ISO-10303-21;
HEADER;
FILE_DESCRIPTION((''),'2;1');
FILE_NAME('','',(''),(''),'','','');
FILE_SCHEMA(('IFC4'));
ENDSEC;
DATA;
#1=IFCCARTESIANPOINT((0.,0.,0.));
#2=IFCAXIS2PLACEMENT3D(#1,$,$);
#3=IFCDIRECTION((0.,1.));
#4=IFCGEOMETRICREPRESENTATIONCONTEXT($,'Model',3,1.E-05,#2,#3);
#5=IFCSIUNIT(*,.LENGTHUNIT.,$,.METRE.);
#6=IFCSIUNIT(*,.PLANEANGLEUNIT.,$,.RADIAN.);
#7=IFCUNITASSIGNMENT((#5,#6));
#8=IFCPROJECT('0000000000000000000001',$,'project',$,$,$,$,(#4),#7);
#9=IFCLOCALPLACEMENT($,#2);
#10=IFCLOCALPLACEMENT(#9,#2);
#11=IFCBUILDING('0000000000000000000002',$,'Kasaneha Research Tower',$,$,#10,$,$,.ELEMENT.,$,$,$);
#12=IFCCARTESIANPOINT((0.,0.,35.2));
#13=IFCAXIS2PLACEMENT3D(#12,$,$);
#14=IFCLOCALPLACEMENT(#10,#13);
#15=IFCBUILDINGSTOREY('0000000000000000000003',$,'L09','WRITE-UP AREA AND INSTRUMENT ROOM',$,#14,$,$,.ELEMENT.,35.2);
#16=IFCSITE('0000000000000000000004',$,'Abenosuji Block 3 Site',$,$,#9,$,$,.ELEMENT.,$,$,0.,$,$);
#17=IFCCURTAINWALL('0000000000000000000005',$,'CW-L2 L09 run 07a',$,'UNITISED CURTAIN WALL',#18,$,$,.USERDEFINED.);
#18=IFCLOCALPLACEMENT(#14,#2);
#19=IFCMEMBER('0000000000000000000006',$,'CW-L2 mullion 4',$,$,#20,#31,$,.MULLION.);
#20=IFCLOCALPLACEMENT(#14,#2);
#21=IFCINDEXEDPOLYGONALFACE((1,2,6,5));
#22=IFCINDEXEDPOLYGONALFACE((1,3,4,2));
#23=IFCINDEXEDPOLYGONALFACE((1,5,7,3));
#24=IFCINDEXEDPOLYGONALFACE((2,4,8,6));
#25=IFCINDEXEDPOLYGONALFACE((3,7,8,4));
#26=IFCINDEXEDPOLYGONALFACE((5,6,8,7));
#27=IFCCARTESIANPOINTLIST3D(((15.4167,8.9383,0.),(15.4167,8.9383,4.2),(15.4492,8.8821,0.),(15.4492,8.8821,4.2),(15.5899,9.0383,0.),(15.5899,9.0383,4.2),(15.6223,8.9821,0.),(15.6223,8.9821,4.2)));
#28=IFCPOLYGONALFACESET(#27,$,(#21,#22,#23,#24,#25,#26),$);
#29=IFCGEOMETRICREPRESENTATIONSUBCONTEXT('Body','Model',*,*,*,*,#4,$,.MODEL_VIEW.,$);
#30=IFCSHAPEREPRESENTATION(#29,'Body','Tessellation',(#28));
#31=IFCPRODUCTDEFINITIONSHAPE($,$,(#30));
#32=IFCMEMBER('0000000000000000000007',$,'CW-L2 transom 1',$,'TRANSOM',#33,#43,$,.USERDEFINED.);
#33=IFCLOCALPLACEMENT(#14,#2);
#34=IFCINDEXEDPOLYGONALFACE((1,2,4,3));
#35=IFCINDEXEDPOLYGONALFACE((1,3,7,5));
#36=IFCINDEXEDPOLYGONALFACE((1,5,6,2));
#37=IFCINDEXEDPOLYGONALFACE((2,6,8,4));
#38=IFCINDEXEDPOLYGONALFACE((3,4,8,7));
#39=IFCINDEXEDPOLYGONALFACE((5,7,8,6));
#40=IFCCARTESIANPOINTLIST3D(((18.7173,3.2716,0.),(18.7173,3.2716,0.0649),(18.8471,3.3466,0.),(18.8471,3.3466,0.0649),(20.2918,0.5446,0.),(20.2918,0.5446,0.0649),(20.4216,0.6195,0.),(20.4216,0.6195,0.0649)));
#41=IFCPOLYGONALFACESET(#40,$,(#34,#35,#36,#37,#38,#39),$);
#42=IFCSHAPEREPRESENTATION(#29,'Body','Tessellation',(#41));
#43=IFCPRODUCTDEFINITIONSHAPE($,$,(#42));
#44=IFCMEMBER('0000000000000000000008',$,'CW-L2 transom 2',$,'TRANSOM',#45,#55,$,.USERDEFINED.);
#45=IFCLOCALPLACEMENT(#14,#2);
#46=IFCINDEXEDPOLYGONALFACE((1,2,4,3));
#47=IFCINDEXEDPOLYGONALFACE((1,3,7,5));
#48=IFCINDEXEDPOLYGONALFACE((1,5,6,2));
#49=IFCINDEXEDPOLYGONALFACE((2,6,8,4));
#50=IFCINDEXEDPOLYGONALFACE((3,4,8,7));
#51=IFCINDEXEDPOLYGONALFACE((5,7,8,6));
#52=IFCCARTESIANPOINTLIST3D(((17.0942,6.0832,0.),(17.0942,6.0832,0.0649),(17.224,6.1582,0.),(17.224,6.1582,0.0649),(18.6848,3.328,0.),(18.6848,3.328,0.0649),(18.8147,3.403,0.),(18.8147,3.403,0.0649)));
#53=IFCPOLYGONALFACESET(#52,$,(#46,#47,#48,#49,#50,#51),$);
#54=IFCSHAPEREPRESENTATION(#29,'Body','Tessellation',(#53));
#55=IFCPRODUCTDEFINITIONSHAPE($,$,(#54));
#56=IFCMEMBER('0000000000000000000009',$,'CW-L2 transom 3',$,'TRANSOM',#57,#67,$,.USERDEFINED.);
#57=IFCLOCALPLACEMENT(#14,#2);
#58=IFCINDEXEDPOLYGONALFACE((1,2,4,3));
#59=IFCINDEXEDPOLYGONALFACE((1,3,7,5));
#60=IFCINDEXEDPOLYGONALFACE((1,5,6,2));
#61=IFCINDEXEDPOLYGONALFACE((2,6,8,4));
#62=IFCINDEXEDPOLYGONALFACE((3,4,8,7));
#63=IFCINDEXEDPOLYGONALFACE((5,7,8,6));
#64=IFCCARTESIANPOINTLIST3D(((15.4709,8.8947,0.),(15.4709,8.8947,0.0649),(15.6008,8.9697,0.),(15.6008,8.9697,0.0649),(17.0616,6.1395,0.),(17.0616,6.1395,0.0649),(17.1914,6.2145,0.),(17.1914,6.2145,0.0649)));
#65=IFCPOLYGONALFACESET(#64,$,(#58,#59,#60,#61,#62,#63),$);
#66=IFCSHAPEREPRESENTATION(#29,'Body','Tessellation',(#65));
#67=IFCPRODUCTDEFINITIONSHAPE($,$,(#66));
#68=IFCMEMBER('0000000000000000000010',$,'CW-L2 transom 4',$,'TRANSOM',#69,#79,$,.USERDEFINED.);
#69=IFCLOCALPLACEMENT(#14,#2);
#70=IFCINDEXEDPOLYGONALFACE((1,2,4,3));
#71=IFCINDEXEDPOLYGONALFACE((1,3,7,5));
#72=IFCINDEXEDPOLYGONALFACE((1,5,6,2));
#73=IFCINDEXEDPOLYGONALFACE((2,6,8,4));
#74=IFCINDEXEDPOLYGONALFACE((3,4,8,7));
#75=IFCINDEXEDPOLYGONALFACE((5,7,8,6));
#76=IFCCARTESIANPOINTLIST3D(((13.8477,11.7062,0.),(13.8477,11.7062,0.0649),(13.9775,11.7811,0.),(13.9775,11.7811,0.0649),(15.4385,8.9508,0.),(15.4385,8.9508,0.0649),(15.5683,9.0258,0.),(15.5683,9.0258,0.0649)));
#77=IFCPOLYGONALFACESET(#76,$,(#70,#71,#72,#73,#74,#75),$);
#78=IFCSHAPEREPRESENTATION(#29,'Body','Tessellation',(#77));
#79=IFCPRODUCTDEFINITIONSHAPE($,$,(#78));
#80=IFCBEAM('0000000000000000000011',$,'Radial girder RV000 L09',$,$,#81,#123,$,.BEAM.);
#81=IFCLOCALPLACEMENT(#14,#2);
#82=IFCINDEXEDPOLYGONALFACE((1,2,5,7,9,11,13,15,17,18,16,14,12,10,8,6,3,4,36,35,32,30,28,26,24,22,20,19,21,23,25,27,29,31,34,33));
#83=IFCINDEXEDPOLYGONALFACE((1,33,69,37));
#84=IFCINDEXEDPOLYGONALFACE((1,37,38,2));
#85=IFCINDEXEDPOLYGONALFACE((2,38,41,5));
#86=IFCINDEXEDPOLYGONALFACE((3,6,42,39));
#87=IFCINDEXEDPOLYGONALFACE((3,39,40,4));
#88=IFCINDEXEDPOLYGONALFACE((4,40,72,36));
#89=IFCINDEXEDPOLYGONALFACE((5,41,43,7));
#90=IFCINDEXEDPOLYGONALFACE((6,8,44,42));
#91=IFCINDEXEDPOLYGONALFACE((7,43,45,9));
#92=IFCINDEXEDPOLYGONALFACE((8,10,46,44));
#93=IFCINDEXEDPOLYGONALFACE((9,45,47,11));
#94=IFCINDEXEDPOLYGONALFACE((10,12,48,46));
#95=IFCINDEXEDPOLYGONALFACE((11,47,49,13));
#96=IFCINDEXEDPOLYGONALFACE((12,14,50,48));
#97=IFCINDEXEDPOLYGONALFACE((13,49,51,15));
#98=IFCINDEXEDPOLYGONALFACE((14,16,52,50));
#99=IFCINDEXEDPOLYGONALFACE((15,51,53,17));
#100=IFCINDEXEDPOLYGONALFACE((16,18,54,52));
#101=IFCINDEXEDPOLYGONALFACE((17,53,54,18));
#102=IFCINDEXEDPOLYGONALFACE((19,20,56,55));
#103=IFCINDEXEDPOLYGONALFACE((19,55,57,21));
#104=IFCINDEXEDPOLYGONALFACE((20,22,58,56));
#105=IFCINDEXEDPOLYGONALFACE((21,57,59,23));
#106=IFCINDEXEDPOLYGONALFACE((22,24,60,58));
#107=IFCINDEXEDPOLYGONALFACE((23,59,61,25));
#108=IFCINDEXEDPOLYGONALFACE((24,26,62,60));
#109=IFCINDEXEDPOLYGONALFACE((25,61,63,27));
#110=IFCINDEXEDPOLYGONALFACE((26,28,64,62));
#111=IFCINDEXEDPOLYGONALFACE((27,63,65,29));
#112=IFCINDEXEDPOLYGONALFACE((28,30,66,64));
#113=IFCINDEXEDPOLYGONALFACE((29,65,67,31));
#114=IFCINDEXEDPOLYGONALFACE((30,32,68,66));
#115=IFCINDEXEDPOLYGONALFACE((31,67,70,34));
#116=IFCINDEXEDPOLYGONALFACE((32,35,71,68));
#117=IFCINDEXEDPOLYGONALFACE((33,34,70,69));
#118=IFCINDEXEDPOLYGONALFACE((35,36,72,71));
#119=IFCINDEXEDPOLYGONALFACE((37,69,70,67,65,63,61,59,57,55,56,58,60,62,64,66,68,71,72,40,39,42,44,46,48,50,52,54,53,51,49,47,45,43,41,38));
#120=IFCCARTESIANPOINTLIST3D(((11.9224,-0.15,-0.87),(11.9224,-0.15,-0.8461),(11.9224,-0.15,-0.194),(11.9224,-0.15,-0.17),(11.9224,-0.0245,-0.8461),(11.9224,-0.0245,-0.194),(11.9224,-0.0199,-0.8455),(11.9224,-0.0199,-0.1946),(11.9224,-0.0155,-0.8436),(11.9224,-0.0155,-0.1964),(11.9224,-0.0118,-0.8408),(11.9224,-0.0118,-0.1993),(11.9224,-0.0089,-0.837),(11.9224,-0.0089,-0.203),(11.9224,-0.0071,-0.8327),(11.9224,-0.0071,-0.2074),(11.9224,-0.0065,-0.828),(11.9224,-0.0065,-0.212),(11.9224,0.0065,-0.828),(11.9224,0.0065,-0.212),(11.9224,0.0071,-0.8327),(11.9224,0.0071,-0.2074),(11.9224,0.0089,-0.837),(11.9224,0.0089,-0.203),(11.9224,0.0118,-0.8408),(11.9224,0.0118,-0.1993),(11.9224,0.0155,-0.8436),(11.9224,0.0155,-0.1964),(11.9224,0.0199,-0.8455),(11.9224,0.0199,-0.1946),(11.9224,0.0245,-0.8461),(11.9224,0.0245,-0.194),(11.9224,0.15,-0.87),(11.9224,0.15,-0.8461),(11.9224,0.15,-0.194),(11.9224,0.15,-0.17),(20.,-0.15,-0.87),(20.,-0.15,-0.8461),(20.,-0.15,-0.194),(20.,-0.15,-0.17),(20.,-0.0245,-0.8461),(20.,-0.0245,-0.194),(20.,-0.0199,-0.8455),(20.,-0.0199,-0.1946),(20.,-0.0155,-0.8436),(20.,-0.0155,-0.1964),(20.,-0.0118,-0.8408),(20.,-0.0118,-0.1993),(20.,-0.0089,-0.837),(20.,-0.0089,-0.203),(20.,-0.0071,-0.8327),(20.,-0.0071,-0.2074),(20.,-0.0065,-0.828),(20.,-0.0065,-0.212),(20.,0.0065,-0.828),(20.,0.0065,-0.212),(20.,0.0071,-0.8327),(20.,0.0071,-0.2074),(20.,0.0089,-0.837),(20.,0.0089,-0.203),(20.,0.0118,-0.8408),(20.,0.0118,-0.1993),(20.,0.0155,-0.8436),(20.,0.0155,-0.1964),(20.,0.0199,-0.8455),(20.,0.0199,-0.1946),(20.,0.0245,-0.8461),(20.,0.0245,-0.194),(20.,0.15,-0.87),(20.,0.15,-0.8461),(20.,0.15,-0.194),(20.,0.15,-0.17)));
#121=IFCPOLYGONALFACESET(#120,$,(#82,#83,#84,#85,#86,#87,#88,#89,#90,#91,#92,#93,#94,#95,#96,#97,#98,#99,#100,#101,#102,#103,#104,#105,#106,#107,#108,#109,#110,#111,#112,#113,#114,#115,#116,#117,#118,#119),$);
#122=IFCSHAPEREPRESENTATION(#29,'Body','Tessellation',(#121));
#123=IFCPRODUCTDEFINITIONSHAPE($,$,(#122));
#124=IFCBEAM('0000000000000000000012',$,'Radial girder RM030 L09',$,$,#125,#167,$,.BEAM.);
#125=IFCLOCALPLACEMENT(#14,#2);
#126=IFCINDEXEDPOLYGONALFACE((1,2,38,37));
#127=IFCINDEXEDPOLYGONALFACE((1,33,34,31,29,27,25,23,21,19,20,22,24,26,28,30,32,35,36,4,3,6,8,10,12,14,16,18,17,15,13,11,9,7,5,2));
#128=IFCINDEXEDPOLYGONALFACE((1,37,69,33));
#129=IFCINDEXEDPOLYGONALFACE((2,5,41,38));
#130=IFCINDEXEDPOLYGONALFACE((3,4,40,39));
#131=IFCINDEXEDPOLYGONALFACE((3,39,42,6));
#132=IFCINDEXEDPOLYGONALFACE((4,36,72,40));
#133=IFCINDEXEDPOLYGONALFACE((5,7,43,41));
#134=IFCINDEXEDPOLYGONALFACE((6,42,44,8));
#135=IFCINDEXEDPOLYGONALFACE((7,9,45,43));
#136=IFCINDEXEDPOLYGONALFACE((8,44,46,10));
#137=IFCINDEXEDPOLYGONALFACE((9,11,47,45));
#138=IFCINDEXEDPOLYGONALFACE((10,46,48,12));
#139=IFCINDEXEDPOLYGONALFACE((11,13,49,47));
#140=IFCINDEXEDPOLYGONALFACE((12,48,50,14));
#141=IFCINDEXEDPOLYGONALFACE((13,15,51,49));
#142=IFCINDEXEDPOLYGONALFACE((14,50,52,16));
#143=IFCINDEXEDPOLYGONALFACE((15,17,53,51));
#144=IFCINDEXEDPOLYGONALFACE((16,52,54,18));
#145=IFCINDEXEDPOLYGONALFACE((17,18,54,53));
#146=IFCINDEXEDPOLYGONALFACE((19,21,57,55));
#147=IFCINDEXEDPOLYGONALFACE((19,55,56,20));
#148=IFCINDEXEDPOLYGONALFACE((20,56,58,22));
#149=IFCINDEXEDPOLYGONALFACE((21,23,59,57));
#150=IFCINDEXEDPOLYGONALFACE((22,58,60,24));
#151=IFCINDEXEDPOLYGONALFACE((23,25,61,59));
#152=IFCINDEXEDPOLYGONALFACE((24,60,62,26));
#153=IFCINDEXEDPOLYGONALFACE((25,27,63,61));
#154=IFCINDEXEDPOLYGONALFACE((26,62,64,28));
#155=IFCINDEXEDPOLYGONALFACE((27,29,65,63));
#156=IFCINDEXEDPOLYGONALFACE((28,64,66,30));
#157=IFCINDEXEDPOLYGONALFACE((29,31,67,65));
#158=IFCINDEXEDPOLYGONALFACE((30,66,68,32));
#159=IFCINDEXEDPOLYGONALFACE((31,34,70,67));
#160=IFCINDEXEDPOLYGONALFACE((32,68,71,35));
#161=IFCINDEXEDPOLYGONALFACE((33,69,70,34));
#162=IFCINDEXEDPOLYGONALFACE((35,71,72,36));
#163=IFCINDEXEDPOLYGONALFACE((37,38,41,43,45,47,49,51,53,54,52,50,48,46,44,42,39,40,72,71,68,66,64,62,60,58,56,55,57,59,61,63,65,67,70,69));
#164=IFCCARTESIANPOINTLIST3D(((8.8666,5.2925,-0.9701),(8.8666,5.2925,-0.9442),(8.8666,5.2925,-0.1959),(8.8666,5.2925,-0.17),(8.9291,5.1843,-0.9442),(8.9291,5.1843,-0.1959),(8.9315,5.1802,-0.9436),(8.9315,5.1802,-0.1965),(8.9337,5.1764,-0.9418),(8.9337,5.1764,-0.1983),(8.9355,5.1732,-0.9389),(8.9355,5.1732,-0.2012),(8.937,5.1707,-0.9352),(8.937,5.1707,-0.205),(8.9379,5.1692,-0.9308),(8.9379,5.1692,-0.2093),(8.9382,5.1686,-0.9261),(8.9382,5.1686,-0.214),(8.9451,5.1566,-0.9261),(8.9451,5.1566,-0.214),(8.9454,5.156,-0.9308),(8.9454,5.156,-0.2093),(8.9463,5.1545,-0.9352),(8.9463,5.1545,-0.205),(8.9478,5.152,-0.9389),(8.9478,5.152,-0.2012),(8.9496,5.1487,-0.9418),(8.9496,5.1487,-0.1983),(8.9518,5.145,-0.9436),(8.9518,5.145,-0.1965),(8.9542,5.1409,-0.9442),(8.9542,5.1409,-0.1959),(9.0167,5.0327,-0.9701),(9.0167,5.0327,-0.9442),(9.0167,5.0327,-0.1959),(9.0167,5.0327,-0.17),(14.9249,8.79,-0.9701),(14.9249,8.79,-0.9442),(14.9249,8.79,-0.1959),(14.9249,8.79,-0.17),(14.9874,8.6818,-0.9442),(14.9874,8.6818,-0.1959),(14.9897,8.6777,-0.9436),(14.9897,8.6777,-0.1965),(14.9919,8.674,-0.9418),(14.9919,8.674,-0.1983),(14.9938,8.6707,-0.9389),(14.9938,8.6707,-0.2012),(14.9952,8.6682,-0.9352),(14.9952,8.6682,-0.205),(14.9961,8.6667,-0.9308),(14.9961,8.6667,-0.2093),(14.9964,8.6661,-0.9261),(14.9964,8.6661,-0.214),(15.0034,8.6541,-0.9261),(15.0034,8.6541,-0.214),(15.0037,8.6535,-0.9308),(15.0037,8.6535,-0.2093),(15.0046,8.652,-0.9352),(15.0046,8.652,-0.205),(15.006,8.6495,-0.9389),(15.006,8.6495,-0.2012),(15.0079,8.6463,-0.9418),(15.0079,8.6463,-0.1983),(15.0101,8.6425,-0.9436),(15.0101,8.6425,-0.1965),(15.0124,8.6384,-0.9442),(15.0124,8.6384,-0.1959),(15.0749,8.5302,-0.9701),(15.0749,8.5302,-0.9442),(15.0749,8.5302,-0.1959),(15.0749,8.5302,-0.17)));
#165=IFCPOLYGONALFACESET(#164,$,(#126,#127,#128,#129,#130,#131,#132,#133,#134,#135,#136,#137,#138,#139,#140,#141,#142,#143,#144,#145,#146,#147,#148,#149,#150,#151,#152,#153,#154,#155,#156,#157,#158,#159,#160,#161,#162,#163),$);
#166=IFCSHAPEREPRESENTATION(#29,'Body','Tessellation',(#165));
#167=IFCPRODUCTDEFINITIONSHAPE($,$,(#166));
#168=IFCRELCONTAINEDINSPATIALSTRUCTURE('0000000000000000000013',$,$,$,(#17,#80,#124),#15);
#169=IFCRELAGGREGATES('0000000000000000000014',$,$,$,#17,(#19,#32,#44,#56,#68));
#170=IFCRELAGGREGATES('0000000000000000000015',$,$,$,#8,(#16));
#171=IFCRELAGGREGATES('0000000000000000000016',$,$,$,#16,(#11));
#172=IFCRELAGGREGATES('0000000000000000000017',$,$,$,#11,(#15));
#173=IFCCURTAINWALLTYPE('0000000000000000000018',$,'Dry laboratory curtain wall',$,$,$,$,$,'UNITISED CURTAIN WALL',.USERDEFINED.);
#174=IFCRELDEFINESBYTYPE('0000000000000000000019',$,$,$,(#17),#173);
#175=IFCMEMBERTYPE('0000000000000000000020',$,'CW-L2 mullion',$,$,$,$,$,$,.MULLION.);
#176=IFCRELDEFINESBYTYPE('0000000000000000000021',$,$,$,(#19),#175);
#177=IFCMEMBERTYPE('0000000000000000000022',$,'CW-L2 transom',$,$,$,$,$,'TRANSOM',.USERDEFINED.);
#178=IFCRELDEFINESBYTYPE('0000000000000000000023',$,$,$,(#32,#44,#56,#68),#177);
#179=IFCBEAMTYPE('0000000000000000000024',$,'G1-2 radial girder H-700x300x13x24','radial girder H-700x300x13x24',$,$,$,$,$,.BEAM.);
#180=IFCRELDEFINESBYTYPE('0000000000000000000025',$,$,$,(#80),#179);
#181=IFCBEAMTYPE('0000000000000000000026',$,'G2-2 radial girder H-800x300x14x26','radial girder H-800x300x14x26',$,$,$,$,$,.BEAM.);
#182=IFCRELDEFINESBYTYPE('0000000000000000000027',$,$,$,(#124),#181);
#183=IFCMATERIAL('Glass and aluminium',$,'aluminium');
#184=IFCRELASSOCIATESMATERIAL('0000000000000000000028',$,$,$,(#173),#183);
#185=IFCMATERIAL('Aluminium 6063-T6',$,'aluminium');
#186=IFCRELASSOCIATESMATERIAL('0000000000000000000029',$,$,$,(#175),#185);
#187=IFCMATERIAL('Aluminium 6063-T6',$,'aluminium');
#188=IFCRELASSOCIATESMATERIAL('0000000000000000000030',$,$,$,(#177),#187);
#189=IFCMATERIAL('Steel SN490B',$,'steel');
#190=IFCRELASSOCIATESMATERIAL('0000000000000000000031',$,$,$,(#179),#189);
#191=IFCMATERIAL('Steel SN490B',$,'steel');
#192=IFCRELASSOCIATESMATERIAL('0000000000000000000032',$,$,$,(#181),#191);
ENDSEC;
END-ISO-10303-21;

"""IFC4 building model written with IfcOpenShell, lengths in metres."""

from ifc_helpers import new_model, si_unit, direction, frame, origin, origin_2d, place, context, subcontext, project, spatial, rectangle, i_section, extrude, material, material_profile, profile_set, type_object, element, aggregate, save


model = new_model("IFC4")

# Units and contexts
model_context = context("Model", 3, precision=1e-05, world=origin(), true_north=direction((0.0, 1.0)))
body_context = subcontext(model_context, "Body", "Model", "MODEL_VIEW")
ifc_project = project(units=[si_unit("LENGTHUNIT", "METRE"), si_unit("PLANEANGLEUNIT", "RADIAN")], contexts=[model_context])

# Site, building, storey
site_placement = place(None, origin())
site = spatial("IfcSite", under=ifc_project, at=site_placement, Name="Abenosuji Block 3 Site", CompositionType="ELEMENT", RefElevation=0.0)
building_placement = place(site_placement, origin())
building = spatial("IfcBuilding", under=site, at=building_placement, Name="Kasaneha Research Tower", CompositionType="ELEMENT")
storey_placement = place(building_placement, frame((0.0, 0.0, 35.2)))
storey = spatial("IfcBuildingStorey", under=building, at=storey_placement, Name="L09", Description="WRITE-UP AREA AND INSTRUMENT ROOM", CompositionType="ELEMENT", Elevation=35.2)

# Shared definitions
ifc_material_1 = material(Name="Glass and aluminium", Category="aluminium")
curtain_wall_type = type_object("IfcCurtainWallType", Name="Dry laboratory curtain wall", ElementType="UNITISED CURTAIN WALL", PredefinedType="USERDEFINED", material=ifc_material_1)
ifc_material_2 = material(Name="Aluminium 6063-T6", Category="aluminium")
ifc_material_profile_1 = material_profile(ifc_material_2, rectangle(XDim=0.0649, YDim=0.2, at=origin_2d()), Name="CW-L2 mullion 65x200")
ifc_profile_set_1 = profile_set([ifc_material_profile_1], Name="Aluminium 6063-T6")
member_type_1 = type_object("IfcMemberType", Name="CW-L2 mullion", PredefinedType="MULLION", material=ifc_profile_set_1)

# Curtain wall, members
curtain_wall_1_placement = place(storey_placement, origin())
curtain_wall_1 = element("IfcCurtainWall", 1, at=curtain_wall_1_placement, inside=storey, type_object=curtain_wall_type, Name="CW-L2 L09 run 07a", ObjectType="UNITISED CURTAIN WALL", PredefinedType="USERDEFINED")
member_1_placement = place(storey_placement, frame((15.5195, 8.9602, 0.0), z_axis=(0.0, 0.0, 1.0), x_axis=(-0.5, 0.866025, 0.0)))
member_1 = element("IfcMember", 2, at=member_1_placement, type_object=member_type_1, Name="CW-L2 mullion 4", PredefinedType="MULLION", context=body_context, shape_type="SweptSolid", body=[
    extrude(rectangle(XDim=0.0649, YDim=0.2, at=origin_2d()), origin(), (0.0, 0.0, 1.0), 4.2),
])
ifc_material_3 = material(Name="Aluminium 6063-T6", Category="aluminium")
ifc_material_profile_2 = material_profile(ifc_material_3, rectangle(XDim=0.1499, YDim=0.0649, at=origin_2d()), Name="CW-L2 transom 150x65")
ifc_profile_set_2 = profile_set([ifc_material_profile_2], Name="Aluminium 6063-T6")
member_type_2 = type_object("IfcMemberType", Name="CW-L2 transom", ElementType="TRANSOM", PredefinedType="USERDEFINED", material=ifc_profile_set_2)
member_2_placement = place(storey_placement, frame((20.3567, 0.582, 0.0325), z_axis=(-0.5, 0.866025, 0.0), x_axis=(-0.866025, -0.5, 0.0)))
member_2 = element("IfcMember", 3, at=member_2_placement, type_object=member_type_2, Name="CW-L2 transom 1", ObjectType="TRANSOM", PredefinedType="USERDEFINED", context=body_context, shape_type="SweptSolid", body=[
    extrude(rectangle(XDim=0.1499, YDim=0.0649, at=origin_2d()), origin(), (0.0, 0.0, 1.0), 3.1489),
])
member_3_placement = place(storey_placement, frame((18.7498, 3.3655, 0.0325), z_axis=(-0.499977, 0.866039, 0.0), x_axis=(-0.866039, -0.499977, 0.0)))
member_3 = element("IfcMember", 4, at=member_3_placement, type_object=member_type_2, Name="CW-L2 transom 2", ObjectType="TRANSOM", PredefinedType="USERDEFINED", context=body_context, shape_type="SweptSolid", body=[
    extrude(rectangle(XDim=0.1499, YDim=0.0649, at=origin_2d()), origin(), (0.0, 0.0, 1.0), 3.1814),
])
member_4_placement = place(storey_placement, frame((17.1265, 6.177, 0.0325), z_axis=(-0.499977, 0.866039, 0.0), x_axis=(-0.866039, -0.499977, 0.0)))
member_4 = element("IfcMember", 5, at=member_4_placement, type_object=member_type_2, Name="CW-L2 transom 3", ObjectType="TRANSOM", PredefinedType="USERDEFINED", context=body_context, shape_type="SweptSolid", body=[
    extrude(rectangle(XDim=0.1499, YDim=0.0649, at=origin_2d()), origin(), (0.0, 0.0, 1.0), 3.1814),
])
member_5_placement = place(storey_placement, frame((15.5034, 8.9883, 0.0325), z_axis=(-0.500001, 0.866025, 0.0), x_axis=(-0.866025, -0.500001, 0.0)))
member_5 = element("IfcMember", 6, at=member_5_placement, type_object=member_type_2, Name="CW-L2 transom 4", ObjectType="TRANSOM", PredefinedType="USERDEFINED", context=body_context, shape_type="SweptSolid", body=[
    extrude(rectangle(XDim=0.1499, YDim=0.0649, at=origin_2d()), origin(), (0.0, 0.0, 1.0), 3.1816),
])

# Beams
ifc_material_4 = material(Name="Steel SN490B", Category="steel")
ifc_material_profile_3 = material_profile(ifc_material_4, i_section(OverallWidth=0.3, OverallDepth=0.7, WebThickness=0.0129, FlangeThickness=0.0239, FilletRadius=0.0181, at=origin_2d()), Name="H-700x300x13x24")
ifc_profile_set_3 = profile_set([ifc_material_profile_3], Name="Steel SN490B")
beam_type_1 = type_object("IfcBeamType", Name="G1-2 radial girder H-700x300x13x24", Description="radial girder H-700x300x13x24", PredefinedType="BEAM", material=ifc_profile_set_3)
beam_1_placement = place(storey_placement, frame((11.9224, 0.0, -0.52), z_axis=(1.0, 0.0, 0.0), x_axis=(0.0, 1.0, 0.0)))
element("IfcBeam", 7, at=beam_1_placement, inside=storey, type_object=beam_type_1, Name="Radial girder RV000 L09", PredefinedType="BEAM", context=body_context, shape_type="SweptSolid", body=[
    extrude(i_section(OverallWidth=0.3, OverallDepth=0.7, WebThickness=0.0129, FlangeThickness=0.0239, FilletRadius=0.0181, at=origin_2d()), origin(), (0.0, 0.0, 1.0), 8.0776),
])
ifc_material_5 = material(Name="Steel SN490B", Category="steel")
ifc_material_profile_4 = material_profile(ifc_material_5, i_section(OverallWidth=0.3, OverallDepth=0.8, WebThickness=0.0139, FlangeThickness=0.0259, FilletRadius=0.0181, at=origin_2d()), Name="H-800x300x14x26")
ifc_profile_set_4 = profile_set([ifc_material_profile_4], Name="Steel SN490B")
beam_type_2 = type_object("IfcBeamType", Name="G2-2 radial girder H-800x300x14x26", Description="radial girder H-800x300x14x26", PredefinedType="BEAM", material=ifc_profile_set_4)
beam_2_placement = place(storey_placement, frame((8.9417, 5.1626, -0.5701), z_axis=(0.86604, 0.499975, 0.0), x_axis=(-0.499975, 0.86604, 0.0)))
element("IfcBeam", 8, at=beam_2_placement, inside=storey, type_object=beam_type_2, Name="Radial girder RM030 L09", PredefinedType="BEAM", context=body_context, shape_type="SweptSolid", body=[
    extrude(i_section(OverallWidth=0.3, OverallDepth=0.8, WebThickness=0.0139, FlangeThickness=0.0259, FilletRadius=0.0181, at=origin_2d()), origin(), (0.0, 0.0, 1.0), 6.9954),
])

aggregate(curtain_wall_1, [member_1, member_2, member_3, member_4, member_5])

save(model, "model.ifc")
